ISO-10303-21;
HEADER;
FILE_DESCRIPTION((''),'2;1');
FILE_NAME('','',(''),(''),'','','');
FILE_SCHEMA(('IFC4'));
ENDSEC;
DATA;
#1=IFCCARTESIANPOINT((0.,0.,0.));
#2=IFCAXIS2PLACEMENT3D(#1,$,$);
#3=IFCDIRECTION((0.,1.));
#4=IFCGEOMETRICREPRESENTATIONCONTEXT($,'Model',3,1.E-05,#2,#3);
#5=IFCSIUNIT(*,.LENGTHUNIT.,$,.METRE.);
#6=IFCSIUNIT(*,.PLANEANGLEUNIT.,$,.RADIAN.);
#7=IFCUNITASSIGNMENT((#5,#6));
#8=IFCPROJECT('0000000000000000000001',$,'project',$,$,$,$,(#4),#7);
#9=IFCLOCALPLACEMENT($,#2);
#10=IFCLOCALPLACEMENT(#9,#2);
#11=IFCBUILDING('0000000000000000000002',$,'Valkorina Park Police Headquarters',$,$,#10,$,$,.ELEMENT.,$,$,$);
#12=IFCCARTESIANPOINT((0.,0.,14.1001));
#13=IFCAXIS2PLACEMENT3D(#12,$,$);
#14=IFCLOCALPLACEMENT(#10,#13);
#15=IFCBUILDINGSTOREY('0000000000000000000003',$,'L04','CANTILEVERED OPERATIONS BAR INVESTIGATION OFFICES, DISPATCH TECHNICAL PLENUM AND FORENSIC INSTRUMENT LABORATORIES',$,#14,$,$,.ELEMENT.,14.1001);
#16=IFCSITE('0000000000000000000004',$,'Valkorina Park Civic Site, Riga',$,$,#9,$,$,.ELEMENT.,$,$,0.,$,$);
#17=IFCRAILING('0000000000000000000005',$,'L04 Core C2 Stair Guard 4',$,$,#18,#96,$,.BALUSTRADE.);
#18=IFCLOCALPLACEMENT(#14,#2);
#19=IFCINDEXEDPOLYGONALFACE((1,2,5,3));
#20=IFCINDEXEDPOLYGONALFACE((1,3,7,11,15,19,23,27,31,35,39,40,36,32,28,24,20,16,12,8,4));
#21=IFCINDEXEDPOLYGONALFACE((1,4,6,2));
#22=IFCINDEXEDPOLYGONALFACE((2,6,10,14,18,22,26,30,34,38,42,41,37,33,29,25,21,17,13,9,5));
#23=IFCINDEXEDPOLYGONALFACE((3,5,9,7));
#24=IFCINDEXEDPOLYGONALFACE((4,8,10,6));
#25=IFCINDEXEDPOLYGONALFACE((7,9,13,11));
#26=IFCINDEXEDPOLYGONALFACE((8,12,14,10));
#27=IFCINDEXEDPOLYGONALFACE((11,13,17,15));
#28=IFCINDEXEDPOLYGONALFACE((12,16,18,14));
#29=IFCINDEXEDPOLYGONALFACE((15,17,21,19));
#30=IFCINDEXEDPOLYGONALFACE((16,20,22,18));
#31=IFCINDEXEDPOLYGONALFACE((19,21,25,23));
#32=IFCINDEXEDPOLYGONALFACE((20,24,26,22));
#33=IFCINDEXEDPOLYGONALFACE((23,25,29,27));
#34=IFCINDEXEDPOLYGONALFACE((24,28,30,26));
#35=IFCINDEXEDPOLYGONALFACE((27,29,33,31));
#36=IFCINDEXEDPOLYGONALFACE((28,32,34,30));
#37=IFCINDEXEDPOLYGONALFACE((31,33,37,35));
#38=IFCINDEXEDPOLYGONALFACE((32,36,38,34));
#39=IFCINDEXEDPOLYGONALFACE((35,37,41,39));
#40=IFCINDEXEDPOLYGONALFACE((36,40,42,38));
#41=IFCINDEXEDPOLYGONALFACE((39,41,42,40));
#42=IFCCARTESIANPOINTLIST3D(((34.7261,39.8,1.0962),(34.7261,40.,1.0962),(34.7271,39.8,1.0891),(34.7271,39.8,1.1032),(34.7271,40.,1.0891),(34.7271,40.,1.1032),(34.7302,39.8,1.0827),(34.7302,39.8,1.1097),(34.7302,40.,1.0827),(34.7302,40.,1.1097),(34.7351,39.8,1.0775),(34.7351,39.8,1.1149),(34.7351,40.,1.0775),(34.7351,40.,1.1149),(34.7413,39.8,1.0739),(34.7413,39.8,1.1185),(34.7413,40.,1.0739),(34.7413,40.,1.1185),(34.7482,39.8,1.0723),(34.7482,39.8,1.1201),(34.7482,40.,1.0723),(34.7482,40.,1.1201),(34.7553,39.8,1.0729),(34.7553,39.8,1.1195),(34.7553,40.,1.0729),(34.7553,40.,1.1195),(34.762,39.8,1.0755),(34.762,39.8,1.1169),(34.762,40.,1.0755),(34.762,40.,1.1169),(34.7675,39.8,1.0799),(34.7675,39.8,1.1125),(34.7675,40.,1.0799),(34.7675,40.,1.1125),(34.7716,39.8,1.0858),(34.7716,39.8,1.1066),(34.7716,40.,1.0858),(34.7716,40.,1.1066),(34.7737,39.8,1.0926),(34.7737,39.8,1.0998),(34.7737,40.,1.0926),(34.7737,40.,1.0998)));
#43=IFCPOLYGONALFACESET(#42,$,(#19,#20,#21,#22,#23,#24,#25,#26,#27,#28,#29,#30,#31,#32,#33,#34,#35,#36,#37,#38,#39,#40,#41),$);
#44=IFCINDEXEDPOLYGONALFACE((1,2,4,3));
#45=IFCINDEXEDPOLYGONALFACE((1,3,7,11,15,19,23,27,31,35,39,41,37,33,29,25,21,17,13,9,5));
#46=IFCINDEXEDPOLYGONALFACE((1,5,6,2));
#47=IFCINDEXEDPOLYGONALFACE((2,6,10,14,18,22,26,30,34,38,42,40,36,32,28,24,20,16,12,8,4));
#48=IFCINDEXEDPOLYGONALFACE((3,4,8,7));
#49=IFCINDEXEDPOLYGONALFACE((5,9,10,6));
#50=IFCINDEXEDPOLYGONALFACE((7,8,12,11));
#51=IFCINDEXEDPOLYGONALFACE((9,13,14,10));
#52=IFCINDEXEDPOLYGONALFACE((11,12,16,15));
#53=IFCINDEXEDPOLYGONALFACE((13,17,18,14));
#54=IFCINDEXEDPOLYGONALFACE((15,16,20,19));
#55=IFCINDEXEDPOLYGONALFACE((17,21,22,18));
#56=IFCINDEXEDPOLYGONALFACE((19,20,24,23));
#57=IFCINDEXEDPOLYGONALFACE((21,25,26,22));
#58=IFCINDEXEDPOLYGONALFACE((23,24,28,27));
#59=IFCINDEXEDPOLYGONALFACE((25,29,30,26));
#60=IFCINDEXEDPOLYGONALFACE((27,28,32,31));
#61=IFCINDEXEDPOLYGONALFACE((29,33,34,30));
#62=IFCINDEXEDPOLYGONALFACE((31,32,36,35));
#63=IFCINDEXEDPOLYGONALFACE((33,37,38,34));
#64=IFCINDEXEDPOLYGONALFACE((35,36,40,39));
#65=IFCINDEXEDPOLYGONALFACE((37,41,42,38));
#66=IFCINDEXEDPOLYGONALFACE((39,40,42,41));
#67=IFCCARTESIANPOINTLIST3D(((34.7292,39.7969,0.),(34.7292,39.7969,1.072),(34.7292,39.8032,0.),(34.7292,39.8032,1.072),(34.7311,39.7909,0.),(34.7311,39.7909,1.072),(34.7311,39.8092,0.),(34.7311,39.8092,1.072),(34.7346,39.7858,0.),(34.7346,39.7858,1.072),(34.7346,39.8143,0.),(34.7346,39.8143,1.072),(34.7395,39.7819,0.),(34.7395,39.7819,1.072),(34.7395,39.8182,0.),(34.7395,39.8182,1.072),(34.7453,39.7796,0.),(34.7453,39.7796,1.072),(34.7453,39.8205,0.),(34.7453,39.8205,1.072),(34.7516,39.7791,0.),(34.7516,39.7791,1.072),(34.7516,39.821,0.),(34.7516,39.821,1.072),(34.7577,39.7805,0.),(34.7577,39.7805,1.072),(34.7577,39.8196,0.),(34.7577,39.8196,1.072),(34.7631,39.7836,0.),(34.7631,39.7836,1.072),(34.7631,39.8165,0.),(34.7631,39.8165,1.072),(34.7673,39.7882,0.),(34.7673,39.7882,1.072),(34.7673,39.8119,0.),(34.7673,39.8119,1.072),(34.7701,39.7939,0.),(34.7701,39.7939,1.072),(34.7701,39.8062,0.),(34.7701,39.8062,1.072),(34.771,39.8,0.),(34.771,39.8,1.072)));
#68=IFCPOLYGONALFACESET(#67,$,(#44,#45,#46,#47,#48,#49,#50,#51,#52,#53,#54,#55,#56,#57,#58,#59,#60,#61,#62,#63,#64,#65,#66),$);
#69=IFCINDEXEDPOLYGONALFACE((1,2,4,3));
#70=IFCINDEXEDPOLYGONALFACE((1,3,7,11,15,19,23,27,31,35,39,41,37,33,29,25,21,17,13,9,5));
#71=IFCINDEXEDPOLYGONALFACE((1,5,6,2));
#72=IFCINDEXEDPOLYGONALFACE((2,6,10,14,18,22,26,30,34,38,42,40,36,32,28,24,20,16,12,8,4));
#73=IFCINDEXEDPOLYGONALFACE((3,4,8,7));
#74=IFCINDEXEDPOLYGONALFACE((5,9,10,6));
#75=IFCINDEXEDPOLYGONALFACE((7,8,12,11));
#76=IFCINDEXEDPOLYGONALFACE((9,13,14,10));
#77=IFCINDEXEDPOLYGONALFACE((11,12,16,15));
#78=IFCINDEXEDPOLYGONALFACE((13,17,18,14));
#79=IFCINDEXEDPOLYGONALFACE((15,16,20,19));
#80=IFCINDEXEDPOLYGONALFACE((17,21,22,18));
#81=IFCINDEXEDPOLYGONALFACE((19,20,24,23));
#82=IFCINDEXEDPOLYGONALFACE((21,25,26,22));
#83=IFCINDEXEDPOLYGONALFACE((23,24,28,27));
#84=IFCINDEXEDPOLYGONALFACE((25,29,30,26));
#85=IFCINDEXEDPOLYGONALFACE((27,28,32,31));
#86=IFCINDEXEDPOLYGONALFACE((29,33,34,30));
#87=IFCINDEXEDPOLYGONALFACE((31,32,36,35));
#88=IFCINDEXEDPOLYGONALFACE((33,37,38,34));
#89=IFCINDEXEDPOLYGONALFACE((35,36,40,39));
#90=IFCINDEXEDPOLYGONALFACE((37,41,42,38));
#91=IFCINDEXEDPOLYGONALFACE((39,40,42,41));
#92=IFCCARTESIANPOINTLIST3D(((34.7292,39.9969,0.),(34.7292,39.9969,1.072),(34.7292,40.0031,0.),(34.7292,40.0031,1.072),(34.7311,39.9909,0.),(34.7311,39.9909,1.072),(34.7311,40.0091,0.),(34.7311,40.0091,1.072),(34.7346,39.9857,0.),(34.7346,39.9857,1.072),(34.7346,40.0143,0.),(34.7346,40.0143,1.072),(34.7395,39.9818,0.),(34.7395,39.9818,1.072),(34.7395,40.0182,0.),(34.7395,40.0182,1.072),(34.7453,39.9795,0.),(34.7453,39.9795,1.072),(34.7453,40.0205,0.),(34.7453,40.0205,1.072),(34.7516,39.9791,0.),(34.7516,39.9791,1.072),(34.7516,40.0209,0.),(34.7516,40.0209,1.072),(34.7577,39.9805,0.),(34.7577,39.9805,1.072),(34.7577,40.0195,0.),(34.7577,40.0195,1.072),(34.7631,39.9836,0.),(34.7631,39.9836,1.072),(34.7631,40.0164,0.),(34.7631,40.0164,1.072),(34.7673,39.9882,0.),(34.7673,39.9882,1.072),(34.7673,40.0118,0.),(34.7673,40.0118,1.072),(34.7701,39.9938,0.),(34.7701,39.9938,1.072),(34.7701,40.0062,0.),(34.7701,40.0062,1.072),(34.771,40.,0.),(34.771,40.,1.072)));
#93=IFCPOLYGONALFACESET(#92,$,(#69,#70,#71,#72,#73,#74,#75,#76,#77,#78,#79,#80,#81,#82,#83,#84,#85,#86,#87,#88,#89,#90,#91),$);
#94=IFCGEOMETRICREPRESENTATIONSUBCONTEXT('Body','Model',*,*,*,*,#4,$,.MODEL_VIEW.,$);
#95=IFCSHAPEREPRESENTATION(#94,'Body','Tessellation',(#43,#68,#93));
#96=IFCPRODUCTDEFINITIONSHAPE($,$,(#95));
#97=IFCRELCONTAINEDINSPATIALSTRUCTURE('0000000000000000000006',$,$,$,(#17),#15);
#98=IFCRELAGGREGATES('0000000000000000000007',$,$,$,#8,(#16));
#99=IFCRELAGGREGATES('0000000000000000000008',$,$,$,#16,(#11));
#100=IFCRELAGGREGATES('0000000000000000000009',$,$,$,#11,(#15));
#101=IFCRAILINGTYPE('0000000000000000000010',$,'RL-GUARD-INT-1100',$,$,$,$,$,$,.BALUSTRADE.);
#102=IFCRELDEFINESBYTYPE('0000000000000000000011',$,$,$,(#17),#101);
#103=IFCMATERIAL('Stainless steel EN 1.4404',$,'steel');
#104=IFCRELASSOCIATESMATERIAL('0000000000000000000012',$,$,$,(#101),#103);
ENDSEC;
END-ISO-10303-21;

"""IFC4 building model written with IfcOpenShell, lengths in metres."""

from ifc_helpers import new_model, si_unit, direction, frame, origin, origin_2d, place, context, subcontext, project, spatial, circle, extrude, material, type_object, element, save


model = new_model("IFC4")

# Units and contexts
model_context = context("Model", 3, precision=1e-05, world=origin(), true_north=direction((0.0, 1.0)))
body_context = subcontext(model_context, "Body", "Model", "MODEL_VIEW")
ifc_project = project(units=[si_unit("LENGTHUNIT", "METRE"), si_unit("PLANEANGLEUNIT", "RADIAN")], contexts=[model_context])

# Site, building, storey
site_placement = place(None, origin())
site = spatial("IfcSite", under=ifc_project, at=site_placement, Name="Valkorina Park Civic Site, Riga", CompositionType="ELEMENT", RefElevation=0.0)
building_placement = place(site_placement, origin())
building = spatial("IfcBuilding", under=site, at=building_placement, Name="Valkorina Park Police Headquarters", CompositionType="ELEMENT")
storey_placement = place(building_placement, frame((0.0, 0.0, 14.1001)))
storey = spatial("IfcBuildingStorey", under=building, at=storey_placement, Name="L04", Description="CANTILEVERED OPERATIONS BAR INVESTIGATION OFFICES, DISPATCH TECHNICAL PLENUM AND FORENSIC INSTRUMENT LABORATORIES", CompositionType="ELEMENT", Elevation=14.1001)

# Railing
ifc_material_1 = material(Name="Stainless steel EN 1.4404", Category="steel")
railing_type_1 = type_object("IfcRailingType", Name="RL-GUARD-INT-1100", PredefinedType="BALUSTRADE", material=ifc_material_1)
railing_1_placement = place(storey_placement, frame((34.75, 39.8, 0.0)))
element("IfcRailing", 1, at=railing_1_placement, inside=storey, type_object=railing_type_1, Name="L04 Core C2 Stair Guard 4", PredefinedType="BALUSTRADE", context=body_context, shape_type="SweptSolid", body=[
    extrude(circle(Radius=0.0239, at=origin_2d()), frame((0.0, 0.0, 1.0962), z_axis=(0.0, 1.0, 0.0), x_axis=(-1.0, 0.0, 0.0)), (0.0, 0.0, 1.0), 0.2),
    extrude(circle(Radius=0.021, at=origin_2d()), origin(), (0.0, 0.0, 1.0), 1.072),
    extrude(circle(Radius=0.021, at=origin_2d()), frame((0.0, 0.2, 0.0)), (0.0, 0.0, 1.0), 1.072),
])

save(model, "model.ifc")
